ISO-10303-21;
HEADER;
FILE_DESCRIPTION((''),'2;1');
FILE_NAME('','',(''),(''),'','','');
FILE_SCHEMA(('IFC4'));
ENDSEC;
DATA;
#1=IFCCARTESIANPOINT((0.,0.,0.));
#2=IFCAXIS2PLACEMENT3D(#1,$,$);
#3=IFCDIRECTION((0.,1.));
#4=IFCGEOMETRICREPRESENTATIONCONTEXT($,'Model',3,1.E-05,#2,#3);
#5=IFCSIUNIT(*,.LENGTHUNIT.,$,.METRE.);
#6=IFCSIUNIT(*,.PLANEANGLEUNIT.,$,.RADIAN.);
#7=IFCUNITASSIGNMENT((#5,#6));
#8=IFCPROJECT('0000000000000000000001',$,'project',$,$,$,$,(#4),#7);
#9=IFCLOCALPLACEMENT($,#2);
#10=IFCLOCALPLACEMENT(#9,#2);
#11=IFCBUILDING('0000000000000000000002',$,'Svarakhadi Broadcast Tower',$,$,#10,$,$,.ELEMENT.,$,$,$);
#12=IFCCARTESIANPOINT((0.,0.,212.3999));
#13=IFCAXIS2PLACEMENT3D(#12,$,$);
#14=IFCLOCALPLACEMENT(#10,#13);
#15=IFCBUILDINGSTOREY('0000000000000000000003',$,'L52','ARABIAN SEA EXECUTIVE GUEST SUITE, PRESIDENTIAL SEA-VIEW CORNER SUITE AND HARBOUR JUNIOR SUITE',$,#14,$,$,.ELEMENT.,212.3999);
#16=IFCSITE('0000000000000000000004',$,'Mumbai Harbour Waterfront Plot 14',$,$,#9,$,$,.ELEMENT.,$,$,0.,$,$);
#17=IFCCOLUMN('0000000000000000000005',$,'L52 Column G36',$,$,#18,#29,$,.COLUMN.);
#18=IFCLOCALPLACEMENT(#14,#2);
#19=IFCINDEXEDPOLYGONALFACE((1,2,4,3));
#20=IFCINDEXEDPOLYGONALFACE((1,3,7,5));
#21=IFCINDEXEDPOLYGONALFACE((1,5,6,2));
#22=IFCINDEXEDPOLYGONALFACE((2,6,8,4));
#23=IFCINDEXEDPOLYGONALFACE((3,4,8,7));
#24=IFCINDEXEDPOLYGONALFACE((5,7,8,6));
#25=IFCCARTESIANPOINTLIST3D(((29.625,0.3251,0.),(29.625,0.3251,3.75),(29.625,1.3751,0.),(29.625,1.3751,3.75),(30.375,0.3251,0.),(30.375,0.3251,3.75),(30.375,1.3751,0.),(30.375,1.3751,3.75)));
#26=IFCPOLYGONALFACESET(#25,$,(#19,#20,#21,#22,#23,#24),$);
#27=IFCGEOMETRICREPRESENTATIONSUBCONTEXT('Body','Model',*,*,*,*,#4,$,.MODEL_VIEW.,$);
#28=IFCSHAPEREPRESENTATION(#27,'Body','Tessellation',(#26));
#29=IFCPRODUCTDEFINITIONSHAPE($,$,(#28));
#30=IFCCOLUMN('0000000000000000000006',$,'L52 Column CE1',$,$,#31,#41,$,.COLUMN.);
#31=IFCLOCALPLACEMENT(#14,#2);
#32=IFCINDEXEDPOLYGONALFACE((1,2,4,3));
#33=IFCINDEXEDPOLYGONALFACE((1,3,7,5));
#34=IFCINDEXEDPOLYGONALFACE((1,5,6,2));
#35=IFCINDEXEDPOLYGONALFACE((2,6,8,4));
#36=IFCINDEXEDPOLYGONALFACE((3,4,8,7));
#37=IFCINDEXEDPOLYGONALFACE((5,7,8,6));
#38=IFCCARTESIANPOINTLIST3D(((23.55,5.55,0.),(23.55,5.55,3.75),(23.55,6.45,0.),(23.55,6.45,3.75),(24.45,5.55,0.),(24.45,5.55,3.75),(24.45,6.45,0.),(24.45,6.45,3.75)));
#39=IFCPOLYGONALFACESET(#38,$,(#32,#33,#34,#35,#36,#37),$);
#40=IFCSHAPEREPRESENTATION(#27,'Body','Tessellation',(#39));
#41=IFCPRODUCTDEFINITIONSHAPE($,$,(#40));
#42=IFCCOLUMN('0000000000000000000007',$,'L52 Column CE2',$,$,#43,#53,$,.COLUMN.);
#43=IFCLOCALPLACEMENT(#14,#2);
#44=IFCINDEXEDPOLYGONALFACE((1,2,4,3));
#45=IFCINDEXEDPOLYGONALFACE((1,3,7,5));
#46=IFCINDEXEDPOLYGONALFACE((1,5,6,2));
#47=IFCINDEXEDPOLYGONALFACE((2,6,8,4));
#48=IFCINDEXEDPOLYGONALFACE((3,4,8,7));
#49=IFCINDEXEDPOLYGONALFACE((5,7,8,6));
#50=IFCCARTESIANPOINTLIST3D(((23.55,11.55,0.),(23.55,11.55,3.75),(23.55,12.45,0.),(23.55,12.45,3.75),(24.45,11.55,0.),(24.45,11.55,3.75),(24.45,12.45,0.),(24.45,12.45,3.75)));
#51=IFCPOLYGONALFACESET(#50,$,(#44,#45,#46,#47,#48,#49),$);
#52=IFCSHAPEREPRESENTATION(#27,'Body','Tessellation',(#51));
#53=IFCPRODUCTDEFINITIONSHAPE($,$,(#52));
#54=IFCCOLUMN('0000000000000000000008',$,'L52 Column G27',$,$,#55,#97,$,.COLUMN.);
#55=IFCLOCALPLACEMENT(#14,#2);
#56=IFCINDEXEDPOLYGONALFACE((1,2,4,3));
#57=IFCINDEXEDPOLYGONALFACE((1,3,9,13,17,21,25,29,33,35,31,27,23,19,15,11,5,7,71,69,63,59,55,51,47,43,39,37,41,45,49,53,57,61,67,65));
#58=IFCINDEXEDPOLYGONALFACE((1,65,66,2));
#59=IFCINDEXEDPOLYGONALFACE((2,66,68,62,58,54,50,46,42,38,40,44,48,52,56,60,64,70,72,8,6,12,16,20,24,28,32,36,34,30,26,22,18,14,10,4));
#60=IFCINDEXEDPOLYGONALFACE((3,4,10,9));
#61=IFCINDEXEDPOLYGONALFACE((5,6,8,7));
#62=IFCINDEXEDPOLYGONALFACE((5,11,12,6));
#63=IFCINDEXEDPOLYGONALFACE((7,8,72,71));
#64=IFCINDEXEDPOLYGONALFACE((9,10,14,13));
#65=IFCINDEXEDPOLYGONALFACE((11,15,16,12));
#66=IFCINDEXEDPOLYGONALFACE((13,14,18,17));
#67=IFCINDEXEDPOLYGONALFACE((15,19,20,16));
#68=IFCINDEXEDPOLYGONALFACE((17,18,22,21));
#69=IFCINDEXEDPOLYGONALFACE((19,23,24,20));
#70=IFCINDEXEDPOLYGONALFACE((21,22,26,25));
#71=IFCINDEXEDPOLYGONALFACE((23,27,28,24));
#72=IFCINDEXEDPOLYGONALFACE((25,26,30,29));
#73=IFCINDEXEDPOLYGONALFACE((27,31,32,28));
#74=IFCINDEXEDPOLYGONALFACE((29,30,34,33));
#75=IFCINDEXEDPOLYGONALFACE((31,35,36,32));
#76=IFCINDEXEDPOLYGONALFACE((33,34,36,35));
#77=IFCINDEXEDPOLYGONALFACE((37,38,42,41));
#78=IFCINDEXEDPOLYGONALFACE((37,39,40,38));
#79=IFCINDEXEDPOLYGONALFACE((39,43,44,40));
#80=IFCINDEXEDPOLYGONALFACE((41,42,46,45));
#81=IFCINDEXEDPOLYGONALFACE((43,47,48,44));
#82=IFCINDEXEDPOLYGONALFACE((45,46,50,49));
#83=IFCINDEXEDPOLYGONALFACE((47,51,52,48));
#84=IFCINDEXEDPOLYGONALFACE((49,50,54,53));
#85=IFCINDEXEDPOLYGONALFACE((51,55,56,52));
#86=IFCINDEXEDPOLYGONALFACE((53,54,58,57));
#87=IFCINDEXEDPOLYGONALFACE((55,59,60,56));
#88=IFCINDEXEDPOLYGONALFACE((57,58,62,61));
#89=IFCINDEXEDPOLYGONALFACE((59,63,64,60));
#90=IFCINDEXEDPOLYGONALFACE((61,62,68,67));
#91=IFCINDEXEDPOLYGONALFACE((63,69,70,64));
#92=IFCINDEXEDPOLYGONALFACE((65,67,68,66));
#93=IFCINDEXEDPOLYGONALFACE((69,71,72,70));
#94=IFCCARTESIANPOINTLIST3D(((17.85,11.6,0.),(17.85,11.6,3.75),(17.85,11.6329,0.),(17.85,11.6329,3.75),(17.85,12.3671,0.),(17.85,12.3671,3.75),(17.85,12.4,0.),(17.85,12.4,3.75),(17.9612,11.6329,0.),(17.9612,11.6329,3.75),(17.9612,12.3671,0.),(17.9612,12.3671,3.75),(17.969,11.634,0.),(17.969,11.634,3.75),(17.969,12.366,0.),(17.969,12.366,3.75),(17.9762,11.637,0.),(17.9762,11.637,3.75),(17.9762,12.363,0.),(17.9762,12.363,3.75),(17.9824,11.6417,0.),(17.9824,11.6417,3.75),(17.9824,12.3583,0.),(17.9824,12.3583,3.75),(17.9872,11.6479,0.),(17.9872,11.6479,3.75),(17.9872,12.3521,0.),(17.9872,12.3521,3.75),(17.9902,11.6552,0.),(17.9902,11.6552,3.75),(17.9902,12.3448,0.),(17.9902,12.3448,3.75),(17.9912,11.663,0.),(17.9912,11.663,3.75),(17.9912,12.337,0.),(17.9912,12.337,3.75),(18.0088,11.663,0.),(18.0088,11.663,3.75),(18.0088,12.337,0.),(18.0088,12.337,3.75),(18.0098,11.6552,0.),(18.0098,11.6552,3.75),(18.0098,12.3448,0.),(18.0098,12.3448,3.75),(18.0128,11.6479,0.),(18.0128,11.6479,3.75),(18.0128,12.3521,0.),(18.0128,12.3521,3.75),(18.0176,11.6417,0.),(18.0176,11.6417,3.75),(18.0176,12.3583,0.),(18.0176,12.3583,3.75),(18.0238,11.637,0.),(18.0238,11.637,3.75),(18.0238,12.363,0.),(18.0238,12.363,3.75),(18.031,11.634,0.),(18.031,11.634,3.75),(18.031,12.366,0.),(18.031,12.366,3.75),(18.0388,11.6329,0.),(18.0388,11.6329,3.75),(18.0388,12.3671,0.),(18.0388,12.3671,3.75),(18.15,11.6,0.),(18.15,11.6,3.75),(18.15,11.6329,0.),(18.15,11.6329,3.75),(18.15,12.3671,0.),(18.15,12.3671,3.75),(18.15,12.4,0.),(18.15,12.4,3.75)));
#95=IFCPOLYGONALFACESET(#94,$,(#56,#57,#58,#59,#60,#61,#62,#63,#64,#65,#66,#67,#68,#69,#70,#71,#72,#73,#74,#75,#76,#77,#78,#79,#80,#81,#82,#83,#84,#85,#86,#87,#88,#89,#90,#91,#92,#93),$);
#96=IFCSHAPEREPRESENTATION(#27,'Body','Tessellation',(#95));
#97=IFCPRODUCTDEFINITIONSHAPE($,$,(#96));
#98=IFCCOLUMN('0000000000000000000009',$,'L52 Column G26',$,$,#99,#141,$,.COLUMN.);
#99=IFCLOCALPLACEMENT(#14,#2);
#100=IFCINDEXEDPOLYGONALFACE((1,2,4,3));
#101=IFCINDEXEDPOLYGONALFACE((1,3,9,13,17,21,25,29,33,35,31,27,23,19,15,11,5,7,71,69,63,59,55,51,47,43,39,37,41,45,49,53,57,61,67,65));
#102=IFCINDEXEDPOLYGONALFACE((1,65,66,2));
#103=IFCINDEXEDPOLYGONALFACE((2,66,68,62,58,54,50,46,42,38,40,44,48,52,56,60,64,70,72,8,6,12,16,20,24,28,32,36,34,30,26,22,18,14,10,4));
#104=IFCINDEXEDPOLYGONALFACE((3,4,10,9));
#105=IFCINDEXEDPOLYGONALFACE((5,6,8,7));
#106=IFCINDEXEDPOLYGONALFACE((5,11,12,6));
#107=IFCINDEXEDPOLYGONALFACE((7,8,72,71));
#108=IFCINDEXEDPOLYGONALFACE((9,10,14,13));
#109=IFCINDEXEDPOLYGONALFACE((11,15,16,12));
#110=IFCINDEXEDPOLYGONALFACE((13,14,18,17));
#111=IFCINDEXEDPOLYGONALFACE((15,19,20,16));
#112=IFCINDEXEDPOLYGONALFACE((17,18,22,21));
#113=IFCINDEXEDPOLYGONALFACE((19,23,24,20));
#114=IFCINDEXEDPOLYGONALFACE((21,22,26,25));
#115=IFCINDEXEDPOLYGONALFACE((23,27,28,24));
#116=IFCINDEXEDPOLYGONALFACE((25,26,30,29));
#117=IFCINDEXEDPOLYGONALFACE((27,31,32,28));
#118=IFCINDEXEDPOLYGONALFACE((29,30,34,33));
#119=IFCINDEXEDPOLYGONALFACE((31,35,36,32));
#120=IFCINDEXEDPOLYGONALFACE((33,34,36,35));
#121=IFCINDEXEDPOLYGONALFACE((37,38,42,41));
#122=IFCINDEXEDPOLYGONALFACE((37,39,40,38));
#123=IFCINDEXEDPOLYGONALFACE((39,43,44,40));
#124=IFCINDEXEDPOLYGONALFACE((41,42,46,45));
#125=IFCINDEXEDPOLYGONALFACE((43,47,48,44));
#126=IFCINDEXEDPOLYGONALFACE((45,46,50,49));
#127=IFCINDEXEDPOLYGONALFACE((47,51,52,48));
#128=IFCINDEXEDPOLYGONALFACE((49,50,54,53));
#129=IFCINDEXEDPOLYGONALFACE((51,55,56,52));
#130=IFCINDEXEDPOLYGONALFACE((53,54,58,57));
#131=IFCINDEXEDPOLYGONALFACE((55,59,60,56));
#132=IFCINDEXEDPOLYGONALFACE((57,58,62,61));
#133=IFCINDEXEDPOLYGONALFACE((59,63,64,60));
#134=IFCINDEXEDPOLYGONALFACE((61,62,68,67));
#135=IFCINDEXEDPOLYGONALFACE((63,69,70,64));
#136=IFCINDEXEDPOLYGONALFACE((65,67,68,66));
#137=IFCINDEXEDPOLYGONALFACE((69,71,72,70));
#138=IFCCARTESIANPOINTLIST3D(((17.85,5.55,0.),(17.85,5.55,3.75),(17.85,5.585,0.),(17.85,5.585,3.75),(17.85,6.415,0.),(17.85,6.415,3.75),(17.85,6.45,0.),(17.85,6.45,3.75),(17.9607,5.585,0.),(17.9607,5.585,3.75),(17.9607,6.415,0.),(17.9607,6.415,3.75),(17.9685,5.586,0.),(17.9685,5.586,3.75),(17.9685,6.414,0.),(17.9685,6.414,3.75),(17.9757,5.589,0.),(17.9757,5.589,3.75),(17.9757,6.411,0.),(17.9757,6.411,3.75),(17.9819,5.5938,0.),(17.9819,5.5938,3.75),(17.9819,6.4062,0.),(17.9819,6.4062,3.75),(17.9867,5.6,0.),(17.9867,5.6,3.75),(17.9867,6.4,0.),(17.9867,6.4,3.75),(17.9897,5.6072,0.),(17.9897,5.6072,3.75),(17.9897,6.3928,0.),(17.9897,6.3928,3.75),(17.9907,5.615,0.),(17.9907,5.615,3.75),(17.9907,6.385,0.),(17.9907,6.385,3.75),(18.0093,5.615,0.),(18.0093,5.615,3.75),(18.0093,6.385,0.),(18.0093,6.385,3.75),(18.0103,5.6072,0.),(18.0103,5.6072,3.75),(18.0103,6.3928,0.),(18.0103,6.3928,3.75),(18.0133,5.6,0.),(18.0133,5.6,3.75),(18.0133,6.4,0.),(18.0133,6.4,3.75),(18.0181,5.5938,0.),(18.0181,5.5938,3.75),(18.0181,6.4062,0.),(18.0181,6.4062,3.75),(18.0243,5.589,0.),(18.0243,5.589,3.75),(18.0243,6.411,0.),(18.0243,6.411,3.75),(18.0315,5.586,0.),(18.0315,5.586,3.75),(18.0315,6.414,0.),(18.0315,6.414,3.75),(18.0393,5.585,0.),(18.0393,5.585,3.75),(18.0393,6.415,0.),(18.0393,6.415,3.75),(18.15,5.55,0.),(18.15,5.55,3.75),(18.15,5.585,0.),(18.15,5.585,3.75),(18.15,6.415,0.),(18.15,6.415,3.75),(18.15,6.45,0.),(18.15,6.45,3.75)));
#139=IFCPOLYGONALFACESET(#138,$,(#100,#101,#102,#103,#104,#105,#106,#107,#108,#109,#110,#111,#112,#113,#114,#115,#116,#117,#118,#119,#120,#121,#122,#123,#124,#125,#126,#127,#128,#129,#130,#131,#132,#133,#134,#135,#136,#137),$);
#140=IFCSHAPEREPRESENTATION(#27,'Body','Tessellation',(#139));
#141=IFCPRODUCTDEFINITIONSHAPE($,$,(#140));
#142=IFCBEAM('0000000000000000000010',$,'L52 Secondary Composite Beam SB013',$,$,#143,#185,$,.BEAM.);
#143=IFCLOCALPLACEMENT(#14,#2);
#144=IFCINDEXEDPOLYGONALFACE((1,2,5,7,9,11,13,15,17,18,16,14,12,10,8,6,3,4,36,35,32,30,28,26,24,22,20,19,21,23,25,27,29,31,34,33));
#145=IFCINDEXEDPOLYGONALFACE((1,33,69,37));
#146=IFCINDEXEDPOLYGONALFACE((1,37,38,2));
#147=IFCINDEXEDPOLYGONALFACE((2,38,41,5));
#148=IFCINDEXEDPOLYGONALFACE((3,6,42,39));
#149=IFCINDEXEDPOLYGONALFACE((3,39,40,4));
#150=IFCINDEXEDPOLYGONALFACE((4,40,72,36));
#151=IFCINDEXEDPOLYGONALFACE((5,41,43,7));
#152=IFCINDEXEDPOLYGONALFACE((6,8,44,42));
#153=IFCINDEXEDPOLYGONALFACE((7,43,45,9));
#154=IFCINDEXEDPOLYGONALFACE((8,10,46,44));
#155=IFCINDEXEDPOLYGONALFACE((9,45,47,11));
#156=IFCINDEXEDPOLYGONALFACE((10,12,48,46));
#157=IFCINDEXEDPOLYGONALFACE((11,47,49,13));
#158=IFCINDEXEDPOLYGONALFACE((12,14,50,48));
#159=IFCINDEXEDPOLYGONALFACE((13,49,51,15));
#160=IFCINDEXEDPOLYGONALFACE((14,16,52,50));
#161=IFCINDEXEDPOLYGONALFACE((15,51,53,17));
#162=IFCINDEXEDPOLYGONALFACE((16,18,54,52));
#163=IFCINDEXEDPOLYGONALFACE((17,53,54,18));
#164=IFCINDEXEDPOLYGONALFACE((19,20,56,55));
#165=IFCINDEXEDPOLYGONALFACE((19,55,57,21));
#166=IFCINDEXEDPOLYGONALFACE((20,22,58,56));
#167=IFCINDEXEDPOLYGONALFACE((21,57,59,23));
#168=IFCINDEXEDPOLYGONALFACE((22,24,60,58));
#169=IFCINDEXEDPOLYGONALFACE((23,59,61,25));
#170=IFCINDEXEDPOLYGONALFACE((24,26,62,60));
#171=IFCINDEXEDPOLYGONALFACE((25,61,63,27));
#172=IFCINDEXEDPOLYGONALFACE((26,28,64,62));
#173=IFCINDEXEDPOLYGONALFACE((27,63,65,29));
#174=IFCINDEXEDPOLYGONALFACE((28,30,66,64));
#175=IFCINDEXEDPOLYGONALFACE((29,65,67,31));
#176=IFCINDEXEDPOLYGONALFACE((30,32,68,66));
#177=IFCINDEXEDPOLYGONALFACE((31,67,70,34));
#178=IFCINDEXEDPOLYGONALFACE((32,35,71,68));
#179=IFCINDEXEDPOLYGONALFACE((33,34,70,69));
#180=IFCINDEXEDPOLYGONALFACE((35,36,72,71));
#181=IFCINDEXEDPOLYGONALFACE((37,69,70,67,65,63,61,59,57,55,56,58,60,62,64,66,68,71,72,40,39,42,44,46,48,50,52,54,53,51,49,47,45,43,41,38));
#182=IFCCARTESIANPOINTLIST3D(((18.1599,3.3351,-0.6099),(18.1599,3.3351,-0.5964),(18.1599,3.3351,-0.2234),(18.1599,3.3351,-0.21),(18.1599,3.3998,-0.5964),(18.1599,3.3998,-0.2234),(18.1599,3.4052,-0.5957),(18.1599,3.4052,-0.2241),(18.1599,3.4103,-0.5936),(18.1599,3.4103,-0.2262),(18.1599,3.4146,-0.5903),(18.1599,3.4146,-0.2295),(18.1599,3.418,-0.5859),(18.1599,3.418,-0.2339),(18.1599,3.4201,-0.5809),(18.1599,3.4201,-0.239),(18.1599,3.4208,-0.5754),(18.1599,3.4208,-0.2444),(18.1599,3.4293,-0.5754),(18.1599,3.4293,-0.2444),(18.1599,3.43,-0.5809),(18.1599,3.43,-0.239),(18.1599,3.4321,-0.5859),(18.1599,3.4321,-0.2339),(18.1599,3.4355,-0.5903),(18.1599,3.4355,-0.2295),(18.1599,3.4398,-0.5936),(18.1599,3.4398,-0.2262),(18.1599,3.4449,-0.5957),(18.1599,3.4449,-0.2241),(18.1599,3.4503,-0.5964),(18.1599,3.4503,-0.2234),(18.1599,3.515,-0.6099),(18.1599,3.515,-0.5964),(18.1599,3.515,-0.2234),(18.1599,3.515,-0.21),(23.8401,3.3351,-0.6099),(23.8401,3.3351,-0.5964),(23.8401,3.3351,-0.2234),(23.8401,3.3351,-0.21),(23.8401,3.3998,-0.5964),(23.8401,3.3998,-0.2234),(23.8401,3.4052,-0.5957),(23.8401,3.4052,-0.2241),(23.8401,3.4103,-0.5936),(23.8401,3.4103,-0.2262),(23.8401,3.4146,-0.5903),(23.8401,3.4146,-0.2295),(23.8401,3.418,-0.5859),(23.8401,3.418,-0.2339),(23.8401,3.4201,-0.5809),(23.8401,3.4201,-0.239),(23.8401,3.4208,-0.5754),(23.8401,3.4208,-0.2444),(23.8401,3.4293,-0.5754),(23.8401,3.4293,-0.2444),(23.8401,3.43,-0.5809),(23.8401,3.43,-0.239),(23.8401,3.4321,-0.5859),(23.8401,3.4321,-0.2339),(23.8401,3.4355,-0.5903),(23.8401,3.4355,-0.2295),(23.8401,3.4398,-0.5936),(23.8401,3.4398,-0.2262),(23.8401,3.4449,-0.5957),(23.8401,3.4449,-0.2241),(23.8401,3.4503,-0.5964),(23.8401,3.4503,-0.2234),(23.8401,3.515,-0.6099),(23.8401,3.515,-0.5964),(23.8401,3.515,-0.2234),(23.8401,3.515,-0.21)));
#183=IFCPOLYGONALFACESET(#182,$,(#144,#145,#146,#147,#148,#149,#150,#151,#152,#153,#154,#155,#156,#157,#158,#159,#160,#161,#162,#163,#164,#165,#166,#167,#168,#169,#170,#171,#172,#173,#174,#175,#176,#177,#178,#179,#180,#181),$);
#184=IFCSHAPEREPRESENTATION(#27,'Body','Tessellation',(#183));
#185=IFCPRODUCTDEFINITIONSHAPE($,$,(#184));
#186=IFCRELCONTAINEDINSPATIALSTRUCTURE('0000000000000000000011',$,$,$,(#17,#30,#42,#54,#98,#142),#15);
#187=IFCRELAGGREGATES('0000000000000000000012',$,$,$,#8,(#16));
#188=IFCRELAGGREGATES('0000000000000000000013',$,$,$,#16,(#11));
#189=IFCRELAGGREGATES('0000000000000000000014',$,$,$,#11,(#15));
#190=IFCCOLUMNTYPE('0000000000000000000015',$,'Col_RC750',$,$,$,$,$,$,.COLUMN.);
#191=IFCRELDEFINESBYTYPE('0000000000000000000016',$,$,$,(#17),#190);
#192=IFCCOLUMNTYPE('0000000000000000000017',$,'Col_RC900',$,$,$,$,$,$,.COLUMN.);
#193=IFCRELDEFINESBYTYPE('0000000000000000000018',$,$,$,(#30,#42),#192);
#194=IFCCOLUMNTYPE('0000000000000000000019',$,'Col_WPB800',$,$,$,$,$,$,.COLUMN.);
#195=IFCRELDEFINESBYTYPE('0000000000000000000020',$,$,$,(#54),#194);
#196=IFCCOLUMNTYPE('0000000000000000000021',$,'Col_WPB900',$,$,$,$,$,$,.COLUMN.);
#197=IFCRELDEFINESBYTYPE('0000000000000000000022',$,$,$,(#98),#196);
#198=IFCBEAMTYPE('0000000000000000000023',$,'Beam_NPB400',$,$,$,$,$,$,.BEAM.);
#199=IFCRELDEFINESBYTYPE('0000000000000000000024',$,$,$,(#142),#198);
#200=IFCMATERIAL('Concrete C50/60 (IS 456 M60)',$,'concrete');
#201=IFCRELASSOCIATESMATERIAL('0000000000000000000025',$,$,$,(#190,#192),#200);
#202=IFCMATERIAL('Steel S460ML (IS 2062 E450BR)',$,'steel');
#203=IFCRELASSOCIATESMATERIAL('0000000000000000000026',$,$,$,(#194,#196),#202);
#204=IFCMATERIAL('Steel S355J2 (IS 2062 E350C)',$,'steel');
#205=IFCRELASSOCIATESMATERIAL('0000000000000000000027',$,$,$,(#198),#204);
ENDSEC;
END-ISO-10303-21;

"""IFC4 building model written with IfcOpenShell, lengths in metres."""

from ifc_helpers import new_model, si_unit, direction, frame, origin, origin_2d, place, context, subcontext, project, spatial, rectangle, i_section, extrude, material, material_profile, profile_set, type_object, element, save


model = new_model("IFC4")

# Units and contexts
model_context = context("Model", 3, precision=1e-05, world=origin(), true_north=direction((0.0, 1.0)))
body_context = subcontext(model_context, "Body", "Model", "MODEL_VIEW")
ifc_project = project(units=[si_unit("LENGTHUNIT", "METRE"), si_unit("PLANEANGLEUNIT", "RADIAN")], contexts=[model_context])

# Site, building, storey
site_placement = place(None, origin())
site = spatial("IfcSite", under=ifc_project, at=site_placement, Name="Mumbai Harbour Waterfront Plot 14", CompositionType="ELEMENT", RefElevation=0.0)
building_placement = place(site_placement, origin())
building = spatial("IfcBuilding", under=site, at=building_placement, Name="Svarakhadi Broadcast Tower", CompositionType="ELEMENT")
storey_placement = place(building_placement, frame((0.0, 0.0, 212.3999)))
storey = spatial("IfcBuildingStorey", under=building, at=storey_placement, Name="L52", Description="ARABIAN SEA EXECUTIVE GUEST SUITE, PRESIDENTIAL SEA-VIEW CORNER SUITE AND HARBOUR JUNIOR SUITE", CompositionType="ELEMENT", Elevation=212.3999)

# Columns
ifc_material_1 = material(Name="Concrete C50/60 (IS 456 M60)", Category="concrete")
ifc_material_profile_1 = material_profile(ifc_material_1, rectangle(XDim=0.75, YDim=1.05, at=origin_2d()), Name="RC 750x1050")
ifc_profile_set_1 = profile_set([ifc_material_profile_1], Name="Concrete C50/60 (IS 456 M60)")
column_type_1 = type_object("IfcColumnType", Name="Col_RC750", PredefinedType="COLUMN", material=ifc_profile_set_1)
column_1_placement = place(storey_placement, frame((30.0, 0.8501, 0.0), z_axis=(0.0, 0.0, 1.0), x_axis=(1.0, 0.0, 0.0)))
element("IfcColumn", 1, at=column_1_placement, inside=storey, type_object=column_type_1, Name="L52 Column G36", PredefinedType="COLUMN", context=body_context, shape_type="SweptSolid", body=[
    extrude(rectangle(XDim=0.75, YDim=1.05, at=origin_2d()), origin(), (0.0, 0.0, 1.0), 3.75),
])
ifc_material_profile_2 = material_profile(ifc_material_1, rectangle(XDim=0.8999, YDim=0.8999, at=origin_2d()), Name="RC 900x900")
ifc_profile_set_2 = profile_set([ifc_material_profile_2], Name="Concrete C50/60 (IS 456 M60)")
column_type_2 = type_object("IfcColumnType", Name="Col_RC900", PredefinedType="COLUMN", material=ifc_profile_set_2)
for number, where, z_axis, x_axis, name in (
    (2, (24.0, 6.0, 0.0), (0.0, 0.0, 1.0), (1.0, 0.0, 0.0), "L52 Column CE1"),
    (3, (24.0, 12.0, 0.0), (0.0, 0.0, 1.0), (1.0, 0.0, 0.0), "L52 Column CE2"),
):
    element("IfcColumn", number, at=place(storey_placement, frame(where, z_axis=z_axis, x_axis=x_axis)), inside=storey, type_object=column_type_2, Name=name, PredefinedType="COLUMN", context=body_context, shape_type="SweptSolid", body=[
        extrude(rectangle(XDim=0.8999, YDim=0.8999, at=origin_2d()), origin(), (0.0, 0.0, 1.0), 3.75),
    ])
ifc_material_2 = material(Name="Steel S460ML (IS 2062 E450BR)", Category="steel")
ifc_material_profile_3 = material_profile(ifc_material_2, i_section(OverallWidth=0.3, OverallDepth=0.8, WebThickness=0.0176, FlangeThickness=0.033, FilletRadius=0.03, at=origin_2d()), Name="WPB 800x300x262")
ifc_profile_set_3 = profile_set([ifc_material_profile_3], Name="Steel S460ML (IS 2062 E450BR)")
column_type_3 = type_object("IfcColumnType", Name="Col_WPB800", PredefinedType="COLUMN", material=ifc_profile_set_3)
column_2_placement = place(storey_placement, frame((18.0, 12.0, 0.0), z_axis=(0.0, 0.0, 1.0), x_axis=(1.0, 0.0, 0.0)))
element("IfcColumn", 4, at=column_2_placement, inside=storey, type_object=column_type_3, Name="L52 Column G27", PredefinedType="COLUMN", context=body_context, shape_type="SweptSolid", body=[
    extrude(i_section(OverallWidth=0.3, OverallDepth=0.8, WebThickness=0.0176, FlangeThickness=0.033, FilletRadius=0.03, at=origin_2d()), origin(), (0.0, 0.0, 1.0), 3.75),
])
ifc_material_profile_4 = material_profile(ifc_material_2, i_section(OverallWidth=0.3, OverallDepth=0.8999, WebThickness=0.0186, FlangeThickness=0.0349, FilletRadius=0.03, at=origin_2d()), Name="WPB 900x300x291")
ifc_profile_set_4 = profile_set([ifc_material_profile_4], Name="Steel S460ML (IS 2062 E450BR)")
column_type_4 = type_object("IfcColumnType", Name="Col_WPB900", PredefinedType="COLUMN", material=ifc_profile_set_4)
column_3_placement = place(storey_placement, frame((18.0, 6.0, 0.0), z_axis=(0.0, 0.0, 1.0), x_axis=(1.0, 0.0, 0.0)))
element("IfcColumn", 5, at=column_3_placement, inside=storey, type_object=column_type_4, Name="L52 Column G26", PredefinedType="COLUMN", context=body_context, shape_type="SweptSolid", body=[
    extrude(i_section(OverallWidth=0.3, OverallDepth=0.8999, WebThickness=0.0186, FlangeThickness=0.0349, FilletRadius=0.03, at=origin_2d()), origin(), (0.0, 0.0, 1.0), 3.75),
])

# Beam
ifc_material_3 = material(Name="Steel S355J2 (IS 2062 E350C)", Category="steel")
ifc_material_profile_5 = material_profile(ifc_material_3, i_section(OverallWidth=0.1799, OverallDepth=0.3999, WebThickness=0.0085, FlangeThickness=0.0134, FilletRadius=0.021, at=origin_2d()), Name="NPB 400x180x66")
ifc_profile_set_5 = profile_set([ifc_material_profile_5], Name="Steel S355J2 (IS 2062 E350C)")
beam_type_1 = type_object("IfcBeamType", Name="Beam_NPB400", PredefinedType="BEAM", material=ifc_profile_set_5)
for number, where, z_axis, x_axis, name in (
    (6, (18.1599, 3.425, -0.4099), (1.0, 0.0, 0.0), (0.0, 1.0, 0.0), "L52 Secondary Composite Beam SB013"),
):
    element("IfcBeam", number, at=place(storey_placement, frame(where, z_axis=z_axis, x_axis=x_axis)), inside=storey, type_object=beam_type_1, Name=name, PredefinedType="BEAM", context=body_context, shape_type="SweptSolid", body=[
        extrude(i_section(OverallWidth=0.1799, OverallDepth=0.3999, WebThickness=0.0085, FlangeThickness=0.0134, FilletRadius=0.021, at=origin_2d()), origin(), (0.0, 0.0, 1.0), 5.6802),
    ])

save(model, "model.ifc")
